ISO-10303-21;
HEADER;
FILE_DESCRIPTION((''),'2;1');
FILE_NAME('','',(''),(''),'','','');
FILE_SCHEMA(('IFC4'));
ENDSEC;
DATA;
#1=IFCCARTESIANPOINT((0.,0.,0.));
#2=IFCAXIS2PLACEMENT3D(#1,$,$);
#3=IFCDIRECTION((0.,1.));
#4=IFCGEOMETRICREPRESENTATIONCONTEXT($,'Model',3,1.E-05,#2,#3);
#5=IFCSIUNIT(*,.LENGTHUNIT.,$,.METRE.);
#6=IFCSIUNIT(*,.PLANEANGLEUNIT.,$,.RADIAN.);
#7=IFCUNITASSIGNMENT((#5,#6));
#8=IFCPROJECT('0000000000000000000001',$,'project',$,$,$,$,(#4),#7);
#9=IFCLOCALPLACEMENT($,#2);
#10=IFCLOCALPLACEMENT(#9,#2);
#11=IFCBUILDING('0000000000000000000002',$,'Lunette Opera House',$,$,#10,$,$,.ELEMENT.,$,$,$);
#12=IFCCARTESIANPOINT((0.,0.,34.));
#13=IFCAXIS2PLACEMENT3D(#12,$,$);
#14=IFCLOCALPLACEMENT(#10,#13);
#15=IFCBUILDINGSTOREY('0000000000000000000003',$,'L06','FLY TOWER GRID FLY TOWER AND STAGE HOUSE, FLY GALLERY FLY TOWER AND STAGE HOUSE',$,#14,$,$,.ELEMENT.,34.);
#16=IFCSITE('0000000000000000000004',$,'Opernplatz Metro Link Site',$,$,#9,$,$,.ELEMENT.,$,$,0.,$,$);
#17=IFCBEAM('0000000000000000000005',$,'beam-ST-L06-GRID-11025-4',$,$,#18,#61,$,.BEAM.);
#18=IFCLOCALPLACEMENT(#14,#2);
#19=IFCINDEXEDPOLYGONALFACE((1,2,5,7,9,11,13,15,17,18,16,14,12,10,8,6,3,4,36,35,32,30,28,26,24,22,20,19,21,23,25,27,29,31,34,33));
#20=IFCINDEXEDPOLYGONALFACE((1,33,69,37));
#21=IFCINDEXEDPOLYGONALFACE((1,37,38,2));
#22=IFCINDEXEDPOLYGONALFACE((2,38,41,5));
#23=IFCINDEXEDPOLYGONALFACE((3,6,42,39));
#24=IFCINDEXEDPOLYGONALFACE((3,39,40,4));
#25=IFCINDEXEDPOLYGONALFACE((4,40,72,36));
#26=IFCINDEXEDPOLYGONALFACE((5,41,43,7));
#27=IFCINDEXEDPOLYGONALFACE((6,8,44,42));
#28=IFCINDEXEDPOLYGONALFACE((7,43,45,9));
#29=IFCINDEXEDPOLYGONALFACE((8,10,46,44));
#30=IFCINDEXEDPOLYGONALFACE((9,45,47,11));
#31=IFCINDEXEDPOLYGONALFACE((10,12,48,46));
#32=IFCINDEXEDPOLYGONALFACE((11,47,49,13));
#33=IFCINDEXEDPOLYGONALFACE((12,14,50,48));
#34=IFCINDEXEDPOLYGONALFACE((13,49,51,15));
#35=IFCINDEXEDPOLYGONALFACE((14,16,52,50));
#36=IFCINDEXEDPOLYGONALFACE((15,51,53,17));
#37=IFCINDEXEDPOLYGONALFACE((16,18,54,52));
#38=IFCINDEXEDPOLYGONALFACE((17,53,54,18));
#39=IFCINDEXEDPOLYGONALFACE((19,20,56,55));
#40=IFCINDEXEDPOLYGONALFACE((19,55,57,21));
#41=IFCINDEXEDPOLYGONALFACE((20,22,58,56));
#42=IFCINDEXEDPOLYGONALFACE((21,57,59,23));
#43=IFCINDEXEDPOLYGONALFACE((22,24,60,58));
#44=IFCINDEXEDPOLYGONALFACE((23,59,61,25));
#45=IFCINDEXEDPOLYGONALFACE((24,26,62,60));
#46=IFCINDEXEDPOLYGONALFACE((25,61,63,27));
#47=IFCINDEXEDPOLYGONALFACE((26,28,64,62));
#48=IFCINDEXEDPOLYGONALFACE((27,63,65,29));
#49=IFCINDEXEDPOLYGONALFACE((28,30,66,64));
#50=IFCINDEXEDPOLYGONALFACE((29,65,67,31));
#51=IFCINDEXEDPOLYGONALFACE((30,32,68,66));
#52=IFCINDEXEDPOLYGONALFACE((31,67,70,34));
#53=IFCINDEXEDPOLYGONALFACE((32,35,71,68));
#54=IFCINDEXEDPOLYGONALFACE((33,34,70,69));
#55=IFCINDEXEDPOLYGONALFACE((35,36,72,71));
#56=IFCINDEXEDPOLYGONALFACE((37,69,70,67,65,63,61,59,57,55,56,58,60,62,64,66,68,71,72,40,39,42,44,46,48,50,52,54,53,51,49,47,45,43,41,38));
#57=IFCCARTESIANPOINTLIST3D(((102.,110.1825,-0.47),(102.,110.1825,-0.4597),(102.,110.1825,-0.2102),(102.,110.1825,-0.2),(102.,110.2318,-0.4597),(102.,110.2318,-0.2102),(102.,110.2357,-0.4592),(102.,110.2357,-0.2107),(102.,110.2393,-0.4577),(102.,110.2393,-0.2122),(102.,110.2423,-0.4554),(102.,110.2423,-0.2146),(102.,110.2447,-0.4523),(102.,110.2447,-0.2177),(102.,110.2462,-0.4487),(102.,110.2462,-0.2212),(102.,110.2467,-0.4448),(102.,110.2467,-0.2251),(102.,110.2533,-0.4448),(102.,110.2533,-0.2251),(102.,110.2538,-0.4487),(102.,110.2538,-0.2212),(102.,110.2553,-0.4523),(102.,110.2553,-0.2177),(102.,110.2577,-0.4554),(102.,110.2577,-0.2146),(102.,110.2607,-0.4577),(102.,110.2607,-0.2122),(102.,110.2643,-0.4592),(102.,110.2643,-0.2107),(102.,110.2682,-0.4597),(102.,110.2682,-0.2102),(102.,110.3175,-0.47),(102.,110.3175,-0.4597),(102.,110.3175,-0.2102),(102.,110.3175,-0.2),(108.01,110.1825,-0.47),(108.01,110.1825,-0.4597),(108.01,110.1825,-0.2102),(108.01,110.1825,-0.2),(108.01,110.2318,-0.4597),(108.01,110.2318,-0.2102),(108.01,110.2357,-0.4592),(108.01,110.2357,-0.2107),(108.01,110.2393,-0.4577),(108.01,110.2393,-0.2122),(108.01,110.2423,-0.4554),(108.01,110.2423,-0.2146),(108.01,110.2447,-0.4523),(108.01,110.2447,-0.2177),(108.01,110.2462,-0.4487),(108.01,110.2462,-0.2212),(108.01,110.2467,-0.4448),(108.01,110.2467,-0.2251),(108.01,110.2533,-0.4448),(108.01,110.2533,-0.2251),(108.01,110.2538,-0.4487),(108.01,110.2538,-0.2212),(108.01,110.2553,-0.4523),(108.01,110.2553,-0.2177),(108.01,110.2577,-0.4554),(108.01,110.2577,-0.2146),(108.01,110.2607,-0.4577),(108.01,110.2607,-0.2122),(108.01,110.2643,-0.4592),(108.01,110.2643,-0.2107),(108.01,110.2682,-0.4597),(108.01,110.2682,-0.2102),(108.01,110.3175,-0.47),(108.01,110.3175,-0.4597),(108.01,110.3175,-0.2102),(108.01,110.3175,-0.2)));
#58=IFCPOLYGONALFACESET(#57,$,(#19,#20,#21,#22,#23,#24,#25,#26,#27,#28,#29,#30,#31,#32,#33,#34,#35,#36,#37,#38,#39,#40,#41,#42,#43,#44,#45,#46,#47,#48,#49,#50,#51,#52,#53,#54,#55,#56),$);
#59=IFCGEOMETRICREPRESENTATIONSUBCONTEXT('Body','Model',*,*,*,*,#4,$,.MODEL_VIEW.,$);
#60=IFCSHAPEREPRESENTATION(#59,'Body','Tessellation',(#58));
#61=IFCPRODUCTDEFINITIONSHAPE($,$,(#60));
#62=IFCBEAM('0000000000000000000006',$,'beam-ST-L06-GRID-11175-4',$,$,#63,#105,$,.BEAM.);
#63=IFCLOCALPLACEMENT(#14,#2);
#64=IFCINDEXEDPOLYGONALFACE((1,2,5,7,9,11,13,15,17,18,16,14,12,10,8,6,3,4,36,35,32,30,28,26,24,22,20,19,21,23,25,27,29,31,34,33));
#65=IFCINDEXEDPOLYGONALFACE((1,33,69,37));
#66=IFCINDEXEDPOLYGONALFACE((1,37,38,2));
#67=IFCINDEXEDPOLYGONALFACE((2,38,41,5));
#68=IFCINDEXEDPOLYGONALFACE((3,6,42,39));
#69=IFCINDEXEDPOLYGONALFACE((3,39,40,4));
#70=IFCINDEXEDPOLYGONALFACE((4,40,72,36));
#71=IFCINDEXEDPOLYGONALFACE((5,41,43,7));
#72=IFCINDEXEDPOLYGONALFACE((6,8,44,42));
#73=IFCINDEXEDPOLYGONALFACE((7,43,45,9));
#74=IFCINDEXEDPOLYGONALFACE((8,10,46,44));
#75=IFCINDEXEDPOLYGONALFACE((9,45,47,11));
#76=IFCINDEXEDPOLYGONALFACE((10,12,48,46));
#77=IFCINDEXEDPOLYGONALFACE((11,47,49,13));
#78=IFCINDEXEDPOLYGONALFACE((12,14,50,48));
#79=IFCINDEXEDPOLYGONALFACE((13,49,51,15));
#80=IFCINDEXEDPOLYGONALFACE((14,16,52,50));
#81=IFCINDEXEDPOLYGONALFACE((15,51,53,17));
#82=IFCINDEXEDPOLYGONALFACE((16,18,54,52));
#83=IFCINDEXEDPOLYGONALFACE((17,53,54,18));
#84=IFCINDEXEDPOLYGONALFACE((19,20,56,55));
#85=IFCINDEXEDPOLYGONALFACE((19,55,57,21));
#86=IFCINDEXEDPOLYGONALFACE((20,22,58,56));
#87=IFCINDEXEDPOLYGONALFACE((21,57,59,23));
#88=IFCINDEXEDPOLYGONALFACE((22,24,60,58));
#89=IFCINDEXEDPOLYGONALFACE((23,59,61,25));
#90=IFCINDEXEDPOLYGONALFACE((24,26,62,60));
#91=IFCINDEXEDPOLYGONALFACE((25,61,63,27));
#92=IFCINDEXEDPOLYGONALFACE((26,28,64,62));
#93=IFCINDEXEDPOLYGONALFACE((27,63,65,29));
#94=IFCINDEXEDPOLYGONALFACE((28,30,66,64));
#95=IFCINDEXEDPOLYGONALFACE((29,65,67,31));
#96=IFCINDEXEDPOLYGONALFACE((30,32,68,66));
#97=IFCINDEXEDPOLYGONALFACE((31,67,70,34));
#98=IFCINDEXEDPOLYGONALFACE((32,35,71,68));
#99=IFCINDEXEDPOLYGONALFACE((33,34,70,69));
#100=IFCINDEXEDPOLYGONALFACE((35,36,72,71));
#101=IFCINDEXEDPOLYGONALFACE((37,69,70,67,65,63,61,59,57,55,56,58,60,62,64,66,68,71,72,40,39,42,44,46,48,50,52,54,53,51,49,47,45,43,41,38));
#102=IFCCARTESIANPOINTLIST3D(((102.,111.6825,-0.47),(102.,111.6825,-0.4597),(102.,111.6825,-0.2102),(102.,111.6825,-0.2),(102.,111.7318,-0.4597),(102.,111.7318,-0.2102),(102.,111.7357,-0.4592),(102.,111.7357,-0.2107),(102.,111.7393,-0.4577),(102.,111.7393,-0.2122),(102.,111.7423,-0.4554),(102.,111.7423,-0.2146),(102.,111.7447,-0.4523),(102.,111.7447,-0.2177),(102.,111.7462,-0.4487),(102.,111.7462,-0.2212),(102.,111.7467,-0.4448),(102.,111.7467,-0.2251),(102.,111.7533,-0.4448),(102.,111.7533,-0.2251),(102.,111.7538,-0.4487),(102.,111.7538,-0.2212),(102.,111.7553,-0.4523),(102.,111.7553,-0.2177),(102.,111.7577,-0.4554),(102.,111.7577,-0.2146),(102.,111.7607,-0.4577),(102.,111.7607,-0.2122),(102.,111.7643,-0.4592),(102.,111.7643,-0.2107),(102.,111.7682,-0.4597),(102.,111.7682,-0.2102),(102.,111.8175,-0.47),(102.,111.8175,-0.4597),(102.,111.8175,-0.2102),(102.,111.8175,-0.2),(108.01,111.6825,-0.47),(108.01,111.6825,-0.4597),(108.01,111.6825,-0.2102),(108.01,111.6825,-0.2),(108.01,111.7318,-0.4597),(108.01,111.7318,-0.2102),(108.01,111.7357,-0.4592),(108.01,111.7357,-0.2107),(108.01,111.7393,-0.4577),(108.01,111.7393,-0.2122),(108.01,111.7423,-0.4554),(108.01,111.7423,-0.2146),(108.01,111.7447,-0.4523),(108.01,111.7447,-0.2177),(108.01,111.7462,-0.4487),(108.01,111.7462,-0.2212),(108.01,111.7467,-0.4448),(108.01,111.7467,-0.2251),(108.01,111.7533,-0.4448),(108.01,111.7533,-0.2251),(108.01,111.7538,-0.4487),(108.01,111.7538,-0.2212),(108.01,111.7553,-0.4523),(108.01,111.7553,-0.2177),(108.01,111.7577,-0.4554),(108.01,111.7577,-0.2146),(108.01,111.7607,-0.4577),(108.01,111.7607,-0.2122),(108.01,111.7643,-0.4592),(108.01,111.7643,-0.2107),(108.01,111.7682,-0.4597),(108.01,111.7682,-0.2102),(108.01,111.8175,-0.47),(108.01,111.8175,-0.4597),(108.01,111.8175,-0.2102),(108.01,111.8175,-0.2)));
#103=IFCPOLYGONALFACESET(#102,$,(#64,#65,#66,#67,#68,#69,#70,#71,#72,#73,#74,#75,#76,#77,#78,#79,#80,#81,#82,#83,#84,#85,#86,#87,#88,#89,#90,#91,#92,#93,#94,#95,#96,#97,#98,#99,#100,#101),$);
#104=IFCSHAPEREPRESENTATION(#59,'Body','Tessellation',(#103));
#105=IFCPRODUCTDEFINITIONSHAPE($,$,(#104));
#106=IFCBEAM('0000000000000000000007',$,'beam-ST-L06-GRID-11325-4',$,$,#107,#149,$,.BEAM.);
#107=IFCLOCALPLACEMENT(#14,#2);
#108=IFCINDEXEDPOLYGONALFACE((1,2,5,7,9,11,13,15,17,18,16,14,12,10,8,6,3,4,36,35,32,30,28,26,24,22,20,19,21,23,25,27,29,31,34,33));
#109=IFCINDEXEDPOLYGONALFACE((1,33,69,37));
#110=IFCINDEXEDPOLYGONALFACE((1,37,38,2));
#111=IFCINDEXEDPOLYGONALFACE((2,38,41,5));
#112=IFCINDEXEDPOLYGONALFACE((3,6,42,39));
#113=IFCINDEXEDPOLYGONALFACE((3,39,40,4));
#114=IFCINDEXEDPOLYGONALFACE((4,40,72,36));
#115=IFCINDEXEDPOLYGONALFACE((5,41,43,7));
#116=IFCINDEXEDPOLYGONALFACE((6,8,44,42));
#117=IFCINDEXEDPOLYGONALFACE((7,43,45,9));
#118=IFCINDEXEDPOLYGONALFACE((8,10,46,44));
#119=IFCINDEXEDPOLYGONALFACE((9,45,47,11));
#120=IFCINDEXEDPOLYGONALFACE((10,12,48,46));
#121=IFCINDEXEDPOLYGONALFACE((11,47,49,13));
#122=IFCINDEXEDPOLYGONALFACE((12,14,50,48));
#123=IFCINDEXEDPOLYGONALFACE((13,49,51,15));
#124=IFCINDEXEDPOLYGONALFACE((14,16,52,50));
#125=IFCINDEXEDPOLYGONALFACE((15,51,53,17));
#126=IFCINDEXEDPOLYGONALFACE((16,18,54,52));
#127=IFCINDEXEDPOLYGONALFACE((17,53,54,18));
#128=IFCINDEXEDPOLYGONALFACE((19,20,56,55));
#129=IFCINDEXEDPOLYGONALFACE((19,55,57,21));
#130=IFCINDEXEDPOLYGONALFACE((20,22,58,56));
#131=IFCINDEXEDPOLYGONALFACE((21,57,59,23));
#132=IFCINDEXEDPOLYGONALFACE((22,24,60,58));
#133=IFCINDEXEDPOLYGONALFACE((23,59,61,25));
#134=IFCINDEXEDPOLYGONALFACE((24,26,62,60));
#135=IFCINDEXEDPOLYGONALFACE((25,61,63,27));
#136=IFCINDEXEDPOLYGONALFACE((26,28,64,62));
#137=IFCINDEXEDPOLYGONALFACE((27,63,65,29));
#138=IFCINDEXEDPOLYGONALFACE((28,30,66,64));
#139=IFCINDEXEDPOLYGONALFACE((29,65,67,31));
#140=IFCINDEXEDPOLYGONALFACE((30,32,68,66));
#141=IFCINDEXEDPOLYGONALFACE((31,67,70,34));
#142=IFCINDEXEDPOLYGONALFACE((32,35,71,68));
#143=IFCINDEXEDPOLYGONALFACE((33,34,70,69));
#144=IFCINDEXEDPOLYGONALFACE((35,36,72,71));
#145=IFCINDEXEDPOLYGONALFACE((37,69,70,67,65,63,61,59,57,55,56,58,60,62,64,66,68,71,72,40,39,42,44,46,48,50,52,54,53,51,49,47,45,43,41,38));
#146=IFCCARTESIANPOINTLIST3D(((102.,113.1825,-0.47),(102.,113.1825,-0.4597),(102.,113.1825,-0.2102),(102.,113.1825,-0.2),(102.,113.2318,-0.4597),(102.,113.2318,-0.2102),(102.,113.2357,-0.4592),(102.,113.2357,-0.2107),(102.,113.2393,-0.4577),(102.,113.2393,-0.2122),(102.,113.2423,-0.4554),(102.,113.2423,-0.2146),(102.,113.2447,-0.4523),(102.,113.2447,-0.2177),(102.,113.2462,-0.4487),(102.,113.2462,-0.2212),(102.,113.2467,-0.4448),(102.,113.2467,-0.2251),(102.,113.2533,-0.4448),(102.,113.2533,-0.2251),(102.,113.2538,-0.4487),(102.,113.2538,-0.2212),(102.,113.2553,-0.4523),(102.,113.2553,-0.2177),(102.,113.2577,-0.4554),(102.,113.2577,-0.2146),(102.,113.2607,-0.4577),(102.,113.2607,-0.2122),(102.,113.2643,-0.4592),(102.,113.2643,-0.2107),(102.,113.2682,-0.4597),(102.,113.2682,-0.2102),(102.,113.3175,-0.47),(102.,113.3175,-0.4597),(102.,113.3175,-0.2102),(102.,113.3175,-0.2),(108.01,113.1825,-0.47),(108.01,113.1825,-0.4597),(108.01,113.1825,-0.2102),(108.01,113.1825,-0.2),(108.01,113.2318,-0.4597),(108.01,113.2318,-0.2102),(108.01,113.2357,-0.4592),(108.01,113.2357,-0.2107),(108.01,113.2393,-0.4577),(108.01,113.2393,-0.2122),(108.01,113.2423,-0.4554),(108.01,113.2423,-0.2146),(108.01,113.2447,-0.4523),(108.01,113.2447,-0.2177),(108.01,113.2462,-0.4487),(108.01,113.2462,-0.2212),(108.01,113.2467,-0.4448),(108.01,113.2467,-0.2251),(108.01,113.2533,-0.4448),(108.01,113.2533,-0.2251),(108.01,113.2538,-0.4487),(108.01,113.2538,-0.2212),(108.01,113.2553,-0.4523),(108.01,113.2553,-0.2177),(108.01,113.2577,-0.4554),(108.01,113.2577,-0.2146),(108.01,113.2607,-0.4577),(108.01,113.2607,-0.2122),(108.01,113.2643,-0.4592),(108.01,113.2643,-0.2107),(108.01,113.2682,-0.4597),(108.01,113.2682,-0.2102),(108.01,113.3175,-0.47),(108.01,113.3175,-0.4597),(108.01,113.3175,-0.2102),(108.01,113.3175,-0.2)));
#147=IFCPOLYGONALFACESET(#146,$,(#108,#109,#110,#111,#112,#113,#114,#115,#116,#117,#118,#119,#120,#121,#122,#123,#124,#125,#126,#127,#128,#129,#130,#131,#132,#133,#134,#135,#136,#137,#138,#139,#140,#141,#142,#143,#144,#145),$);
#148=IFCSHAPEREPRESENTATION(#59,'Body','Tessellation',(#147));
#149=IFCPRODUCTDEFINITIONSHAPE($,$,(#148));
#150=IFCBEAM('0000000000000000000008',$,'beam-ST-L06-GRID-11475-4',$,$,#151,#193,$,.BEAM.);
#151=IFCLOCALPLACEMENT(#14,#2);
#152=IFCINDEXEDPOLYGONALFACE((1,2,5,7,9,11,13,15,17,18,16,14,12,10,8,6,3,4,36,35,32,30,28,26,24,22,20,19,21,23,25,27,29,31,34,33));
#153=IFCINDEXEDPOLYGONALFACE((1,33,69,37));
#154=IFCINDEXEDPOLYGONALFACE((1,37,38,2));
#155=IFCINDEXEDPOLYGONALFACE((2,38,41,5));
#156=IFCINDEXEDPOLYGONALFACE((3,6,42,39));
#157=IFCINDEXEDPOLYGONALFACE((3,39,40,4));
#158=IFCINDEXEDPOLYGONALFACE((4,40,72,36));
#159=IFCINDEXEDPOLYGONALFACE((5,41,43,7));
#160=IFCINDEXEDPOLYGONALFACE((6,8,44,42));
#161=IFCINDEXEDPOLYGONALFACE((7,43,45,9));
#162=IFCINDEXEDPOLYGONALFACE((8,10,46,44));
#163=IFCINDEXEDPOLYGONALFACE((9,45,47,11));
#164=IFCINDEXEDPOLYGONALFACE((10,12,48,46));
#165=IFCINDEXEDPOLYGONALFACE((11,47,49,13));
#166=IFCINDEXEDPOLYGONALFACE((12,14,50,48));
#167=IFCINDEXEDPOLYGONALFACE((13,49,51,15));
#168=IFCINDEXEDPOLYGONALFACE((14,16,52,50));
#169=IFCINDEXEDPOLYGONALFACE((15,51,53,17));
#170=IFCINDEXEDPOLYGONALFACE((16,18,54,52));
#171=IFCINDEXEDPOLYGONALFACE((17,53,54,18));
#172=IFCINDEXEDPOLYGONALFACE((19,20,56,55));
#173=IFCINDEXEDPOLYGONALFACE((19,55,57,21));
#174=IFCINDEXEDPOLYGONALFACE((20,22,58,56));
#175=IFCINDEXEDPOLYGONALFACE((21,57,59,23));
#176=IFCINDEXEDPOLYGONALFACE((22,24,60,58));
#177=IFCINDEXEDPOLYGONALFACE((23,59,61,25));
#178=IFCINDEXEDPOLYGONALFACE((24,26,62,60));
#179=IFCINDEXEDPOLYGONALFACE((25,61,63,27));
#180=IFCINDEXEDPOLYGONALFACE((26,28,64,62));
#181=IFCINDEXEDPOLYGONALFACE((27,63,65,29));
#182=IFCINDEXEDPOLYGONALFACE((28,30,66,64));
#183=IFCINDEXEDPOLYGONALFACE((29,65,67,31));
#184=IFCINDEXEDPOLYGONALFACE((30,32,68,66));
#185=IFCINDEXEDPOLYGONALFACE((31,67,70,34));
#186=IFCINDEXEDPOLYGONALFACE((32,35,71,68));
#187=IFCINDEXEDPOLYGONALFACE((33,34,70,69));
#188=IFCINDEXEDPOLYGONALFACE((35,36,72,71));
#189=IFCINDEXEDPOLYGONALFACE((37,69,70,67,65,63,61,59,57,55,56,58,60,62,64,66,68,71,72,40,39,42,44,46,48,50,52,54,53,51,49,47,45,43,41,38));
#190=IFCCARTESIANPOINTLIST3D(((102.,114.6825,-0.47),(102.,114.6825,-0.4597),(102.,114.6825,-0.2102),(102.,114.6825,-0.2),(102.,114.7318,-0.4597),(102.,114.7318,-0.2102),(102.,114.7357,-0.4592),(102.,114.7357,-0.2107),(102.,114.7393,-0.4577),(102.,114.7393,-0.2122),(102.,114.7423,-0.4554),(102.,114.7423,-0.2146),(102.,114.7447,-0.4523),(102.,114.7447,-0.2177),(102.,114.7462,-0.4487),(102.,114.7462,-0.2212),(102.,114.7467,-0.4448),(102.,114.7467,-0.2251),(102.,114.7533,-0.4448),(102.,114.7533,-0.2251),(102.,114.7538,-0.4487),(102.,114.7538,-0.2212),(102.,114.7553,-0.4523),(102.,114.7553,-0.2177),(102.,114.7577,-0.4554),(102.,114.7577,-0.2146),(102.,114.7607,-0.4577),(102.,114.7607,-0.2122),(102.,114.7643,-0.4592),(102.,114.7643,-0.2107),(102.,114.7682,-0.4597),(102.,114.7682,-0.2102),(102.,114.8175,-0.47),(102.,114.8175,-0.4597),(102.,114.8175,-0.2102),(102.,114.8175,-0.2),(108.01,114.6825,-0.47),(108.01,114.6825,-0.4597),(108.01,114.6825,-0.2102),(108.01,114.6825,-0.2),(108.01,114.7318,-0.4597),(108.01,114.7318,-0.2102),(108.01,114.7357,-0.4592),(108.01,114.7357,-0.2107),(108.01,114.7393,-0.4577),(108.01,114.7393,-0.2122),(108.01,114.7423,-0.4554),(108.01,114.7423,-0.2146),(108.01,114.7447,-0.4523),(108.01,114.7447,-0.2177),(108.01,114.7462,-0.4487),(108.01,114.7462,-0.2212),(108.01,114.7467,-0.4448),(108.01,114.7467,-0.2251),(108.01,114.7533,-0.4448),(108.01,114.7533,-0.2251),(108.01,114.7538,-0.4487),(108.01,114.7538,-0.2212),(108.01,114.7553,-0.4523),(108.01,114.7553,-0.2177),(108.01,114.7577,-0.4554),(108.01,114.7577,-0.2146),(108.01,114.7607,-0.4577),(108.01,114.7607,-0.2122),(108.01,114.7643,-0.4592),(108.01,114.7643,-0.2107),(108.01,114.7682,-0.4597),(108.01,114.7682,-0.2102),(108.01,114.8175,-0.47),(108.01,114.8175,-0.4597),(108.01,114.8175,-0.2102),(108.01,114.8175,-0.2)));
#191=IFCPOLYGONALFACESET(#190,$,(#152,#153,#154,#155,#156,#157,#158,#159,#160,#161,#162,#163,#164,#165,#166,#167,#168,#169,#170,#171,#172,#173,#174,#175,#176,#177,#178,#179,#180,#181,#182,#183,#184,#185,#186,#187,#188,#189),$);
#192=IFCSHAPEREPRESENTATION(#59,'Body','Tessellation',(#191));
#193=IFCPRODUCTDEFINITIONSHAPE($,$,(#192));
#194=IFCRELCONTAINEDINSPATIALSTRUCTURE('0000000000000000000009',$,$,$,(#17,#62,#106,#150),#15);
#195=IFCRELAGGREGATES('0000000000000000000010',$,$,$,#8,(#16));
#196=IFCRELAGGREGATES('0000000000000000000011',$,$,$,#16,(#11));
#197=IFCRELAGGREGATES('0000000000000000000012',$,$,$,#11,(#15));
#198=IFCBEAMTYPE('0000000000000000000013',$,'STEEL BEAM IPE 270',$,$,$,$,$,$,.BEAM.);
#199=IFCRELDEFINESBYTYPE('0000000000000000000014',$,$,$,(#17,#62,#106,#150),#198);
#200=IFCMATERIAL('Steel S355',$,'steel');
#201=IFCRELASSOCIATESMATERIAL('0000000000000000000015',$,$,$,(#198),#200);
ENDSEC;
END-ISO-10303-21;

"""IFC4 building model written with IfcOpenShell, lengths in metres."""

from ifc_helpers import new_model, si_unit, direction, frame, origin, origin_2d, place, context, subcontext, project, spatial, i_section, extrude, material, material_profile, profile_set, type_object, element, save


model = new_model("IFC4")

# Units and contexts
model_context = context("Model", 3, precision=1e-05, world=origin(), true_north=direction((0.0, 1.0)))
body_context = subcontext(model_context, "Body", "Model", "MODEL_VIEW")
ifc_project = project(units=[si_unit("LENGTHUNIT", "METRE"), si_unit("PLANEANGLEUNIT", "RADIAN")], contexts=[model_context])

# Site, building, storey
site_placement = place(None, origin())
site = spatial("IfcSite", under=ifc_project, at=site_placement, Name="Opernplatz Metro Link Site", CompositionType="ELEMENT", RefElevation=0.0)
building_placement = place(site_placement, origin())
building = spatial("IfcBuilding", under=site, at=building_placement, Name="Lunette Opera House", CompositionType="ELEMENT")
storey_placement = place(building_placement, frame((0.0, 0.0, 34.0)))
storey = spatial("IfcBuildingStorey", under=building, at=storey_placement, Name="L06", Description="FLY TOWER GRID FLY TOWER AND STAGE HOUSE, FLY GALLERY FLY TOWER AND STAGE HOUSE", CompositionType="ELEMENT", Elevation=34.0)

# Beams
ifc_material_1 = material(Name="Steel S355", Category="steel")
ifc_material_profile = material_profile(ifc_material_1, i_section(OverallWidth=0.135, OverallDepth=0.27, WebThickness=0.0066, FlangeThickness=0.0103, FilletRadius=0.0149, at=origin_2d()), Name="IPE 270")
ifc_profile_set = profile_set([ifc_material_profile], Name="Steel S355")
beam_type = type_object("IfcBeamType", Name="STEEL BEAM IPE 270", PredefinedType="BEAM", material=ifc_profile_set)
for number, where, z_axis, x_axis, name in (
    (1, (102.0, 110.25, -0.335), (1.0, 0.0, 0.0), (0.0, 1.0, 0.0), "beam-ST-L06-GRID-11025-4"),
    (2, (102.0, 111.75, -0.335), (1.0, 0.0, 0.0), (0.0, 1.0, 0.0), "beam-ST-L06-GRID-11175-4"),
    (3, (102.0, 113.25, -0.335), (1.0, 0.0, 0.0), (0.0, 1.0, 0.0), "beam-ST-L06-GRID-11325-4"),
    (4, (102.0, 114.75, -0.335), (1.0, 0.0, 0.0), (0.0, 1.0, 0.0), "beam-ST-L06-GRID-11475-4"),
):
    element("IfcBeam", number, at=place(storey_placement, frame(where, z_axis=z_axis, x_axis=x_axis)), inside=storey, type_object=beam_type, Name=name, PredefinedType="BEAM", context=body_context, shape_type="SweptSolid", body=[
        extrude(i_section(OverallWidth=0.135, OverallDepth=0.27, WebThickness=0.0066, FlangeThickness=0.0103, FilletRadius=0.0149, at=origin_2d()), origin(), (0.0, 0.0, 1.0), 6.01),
    ])

save(model, "model.ifc")
